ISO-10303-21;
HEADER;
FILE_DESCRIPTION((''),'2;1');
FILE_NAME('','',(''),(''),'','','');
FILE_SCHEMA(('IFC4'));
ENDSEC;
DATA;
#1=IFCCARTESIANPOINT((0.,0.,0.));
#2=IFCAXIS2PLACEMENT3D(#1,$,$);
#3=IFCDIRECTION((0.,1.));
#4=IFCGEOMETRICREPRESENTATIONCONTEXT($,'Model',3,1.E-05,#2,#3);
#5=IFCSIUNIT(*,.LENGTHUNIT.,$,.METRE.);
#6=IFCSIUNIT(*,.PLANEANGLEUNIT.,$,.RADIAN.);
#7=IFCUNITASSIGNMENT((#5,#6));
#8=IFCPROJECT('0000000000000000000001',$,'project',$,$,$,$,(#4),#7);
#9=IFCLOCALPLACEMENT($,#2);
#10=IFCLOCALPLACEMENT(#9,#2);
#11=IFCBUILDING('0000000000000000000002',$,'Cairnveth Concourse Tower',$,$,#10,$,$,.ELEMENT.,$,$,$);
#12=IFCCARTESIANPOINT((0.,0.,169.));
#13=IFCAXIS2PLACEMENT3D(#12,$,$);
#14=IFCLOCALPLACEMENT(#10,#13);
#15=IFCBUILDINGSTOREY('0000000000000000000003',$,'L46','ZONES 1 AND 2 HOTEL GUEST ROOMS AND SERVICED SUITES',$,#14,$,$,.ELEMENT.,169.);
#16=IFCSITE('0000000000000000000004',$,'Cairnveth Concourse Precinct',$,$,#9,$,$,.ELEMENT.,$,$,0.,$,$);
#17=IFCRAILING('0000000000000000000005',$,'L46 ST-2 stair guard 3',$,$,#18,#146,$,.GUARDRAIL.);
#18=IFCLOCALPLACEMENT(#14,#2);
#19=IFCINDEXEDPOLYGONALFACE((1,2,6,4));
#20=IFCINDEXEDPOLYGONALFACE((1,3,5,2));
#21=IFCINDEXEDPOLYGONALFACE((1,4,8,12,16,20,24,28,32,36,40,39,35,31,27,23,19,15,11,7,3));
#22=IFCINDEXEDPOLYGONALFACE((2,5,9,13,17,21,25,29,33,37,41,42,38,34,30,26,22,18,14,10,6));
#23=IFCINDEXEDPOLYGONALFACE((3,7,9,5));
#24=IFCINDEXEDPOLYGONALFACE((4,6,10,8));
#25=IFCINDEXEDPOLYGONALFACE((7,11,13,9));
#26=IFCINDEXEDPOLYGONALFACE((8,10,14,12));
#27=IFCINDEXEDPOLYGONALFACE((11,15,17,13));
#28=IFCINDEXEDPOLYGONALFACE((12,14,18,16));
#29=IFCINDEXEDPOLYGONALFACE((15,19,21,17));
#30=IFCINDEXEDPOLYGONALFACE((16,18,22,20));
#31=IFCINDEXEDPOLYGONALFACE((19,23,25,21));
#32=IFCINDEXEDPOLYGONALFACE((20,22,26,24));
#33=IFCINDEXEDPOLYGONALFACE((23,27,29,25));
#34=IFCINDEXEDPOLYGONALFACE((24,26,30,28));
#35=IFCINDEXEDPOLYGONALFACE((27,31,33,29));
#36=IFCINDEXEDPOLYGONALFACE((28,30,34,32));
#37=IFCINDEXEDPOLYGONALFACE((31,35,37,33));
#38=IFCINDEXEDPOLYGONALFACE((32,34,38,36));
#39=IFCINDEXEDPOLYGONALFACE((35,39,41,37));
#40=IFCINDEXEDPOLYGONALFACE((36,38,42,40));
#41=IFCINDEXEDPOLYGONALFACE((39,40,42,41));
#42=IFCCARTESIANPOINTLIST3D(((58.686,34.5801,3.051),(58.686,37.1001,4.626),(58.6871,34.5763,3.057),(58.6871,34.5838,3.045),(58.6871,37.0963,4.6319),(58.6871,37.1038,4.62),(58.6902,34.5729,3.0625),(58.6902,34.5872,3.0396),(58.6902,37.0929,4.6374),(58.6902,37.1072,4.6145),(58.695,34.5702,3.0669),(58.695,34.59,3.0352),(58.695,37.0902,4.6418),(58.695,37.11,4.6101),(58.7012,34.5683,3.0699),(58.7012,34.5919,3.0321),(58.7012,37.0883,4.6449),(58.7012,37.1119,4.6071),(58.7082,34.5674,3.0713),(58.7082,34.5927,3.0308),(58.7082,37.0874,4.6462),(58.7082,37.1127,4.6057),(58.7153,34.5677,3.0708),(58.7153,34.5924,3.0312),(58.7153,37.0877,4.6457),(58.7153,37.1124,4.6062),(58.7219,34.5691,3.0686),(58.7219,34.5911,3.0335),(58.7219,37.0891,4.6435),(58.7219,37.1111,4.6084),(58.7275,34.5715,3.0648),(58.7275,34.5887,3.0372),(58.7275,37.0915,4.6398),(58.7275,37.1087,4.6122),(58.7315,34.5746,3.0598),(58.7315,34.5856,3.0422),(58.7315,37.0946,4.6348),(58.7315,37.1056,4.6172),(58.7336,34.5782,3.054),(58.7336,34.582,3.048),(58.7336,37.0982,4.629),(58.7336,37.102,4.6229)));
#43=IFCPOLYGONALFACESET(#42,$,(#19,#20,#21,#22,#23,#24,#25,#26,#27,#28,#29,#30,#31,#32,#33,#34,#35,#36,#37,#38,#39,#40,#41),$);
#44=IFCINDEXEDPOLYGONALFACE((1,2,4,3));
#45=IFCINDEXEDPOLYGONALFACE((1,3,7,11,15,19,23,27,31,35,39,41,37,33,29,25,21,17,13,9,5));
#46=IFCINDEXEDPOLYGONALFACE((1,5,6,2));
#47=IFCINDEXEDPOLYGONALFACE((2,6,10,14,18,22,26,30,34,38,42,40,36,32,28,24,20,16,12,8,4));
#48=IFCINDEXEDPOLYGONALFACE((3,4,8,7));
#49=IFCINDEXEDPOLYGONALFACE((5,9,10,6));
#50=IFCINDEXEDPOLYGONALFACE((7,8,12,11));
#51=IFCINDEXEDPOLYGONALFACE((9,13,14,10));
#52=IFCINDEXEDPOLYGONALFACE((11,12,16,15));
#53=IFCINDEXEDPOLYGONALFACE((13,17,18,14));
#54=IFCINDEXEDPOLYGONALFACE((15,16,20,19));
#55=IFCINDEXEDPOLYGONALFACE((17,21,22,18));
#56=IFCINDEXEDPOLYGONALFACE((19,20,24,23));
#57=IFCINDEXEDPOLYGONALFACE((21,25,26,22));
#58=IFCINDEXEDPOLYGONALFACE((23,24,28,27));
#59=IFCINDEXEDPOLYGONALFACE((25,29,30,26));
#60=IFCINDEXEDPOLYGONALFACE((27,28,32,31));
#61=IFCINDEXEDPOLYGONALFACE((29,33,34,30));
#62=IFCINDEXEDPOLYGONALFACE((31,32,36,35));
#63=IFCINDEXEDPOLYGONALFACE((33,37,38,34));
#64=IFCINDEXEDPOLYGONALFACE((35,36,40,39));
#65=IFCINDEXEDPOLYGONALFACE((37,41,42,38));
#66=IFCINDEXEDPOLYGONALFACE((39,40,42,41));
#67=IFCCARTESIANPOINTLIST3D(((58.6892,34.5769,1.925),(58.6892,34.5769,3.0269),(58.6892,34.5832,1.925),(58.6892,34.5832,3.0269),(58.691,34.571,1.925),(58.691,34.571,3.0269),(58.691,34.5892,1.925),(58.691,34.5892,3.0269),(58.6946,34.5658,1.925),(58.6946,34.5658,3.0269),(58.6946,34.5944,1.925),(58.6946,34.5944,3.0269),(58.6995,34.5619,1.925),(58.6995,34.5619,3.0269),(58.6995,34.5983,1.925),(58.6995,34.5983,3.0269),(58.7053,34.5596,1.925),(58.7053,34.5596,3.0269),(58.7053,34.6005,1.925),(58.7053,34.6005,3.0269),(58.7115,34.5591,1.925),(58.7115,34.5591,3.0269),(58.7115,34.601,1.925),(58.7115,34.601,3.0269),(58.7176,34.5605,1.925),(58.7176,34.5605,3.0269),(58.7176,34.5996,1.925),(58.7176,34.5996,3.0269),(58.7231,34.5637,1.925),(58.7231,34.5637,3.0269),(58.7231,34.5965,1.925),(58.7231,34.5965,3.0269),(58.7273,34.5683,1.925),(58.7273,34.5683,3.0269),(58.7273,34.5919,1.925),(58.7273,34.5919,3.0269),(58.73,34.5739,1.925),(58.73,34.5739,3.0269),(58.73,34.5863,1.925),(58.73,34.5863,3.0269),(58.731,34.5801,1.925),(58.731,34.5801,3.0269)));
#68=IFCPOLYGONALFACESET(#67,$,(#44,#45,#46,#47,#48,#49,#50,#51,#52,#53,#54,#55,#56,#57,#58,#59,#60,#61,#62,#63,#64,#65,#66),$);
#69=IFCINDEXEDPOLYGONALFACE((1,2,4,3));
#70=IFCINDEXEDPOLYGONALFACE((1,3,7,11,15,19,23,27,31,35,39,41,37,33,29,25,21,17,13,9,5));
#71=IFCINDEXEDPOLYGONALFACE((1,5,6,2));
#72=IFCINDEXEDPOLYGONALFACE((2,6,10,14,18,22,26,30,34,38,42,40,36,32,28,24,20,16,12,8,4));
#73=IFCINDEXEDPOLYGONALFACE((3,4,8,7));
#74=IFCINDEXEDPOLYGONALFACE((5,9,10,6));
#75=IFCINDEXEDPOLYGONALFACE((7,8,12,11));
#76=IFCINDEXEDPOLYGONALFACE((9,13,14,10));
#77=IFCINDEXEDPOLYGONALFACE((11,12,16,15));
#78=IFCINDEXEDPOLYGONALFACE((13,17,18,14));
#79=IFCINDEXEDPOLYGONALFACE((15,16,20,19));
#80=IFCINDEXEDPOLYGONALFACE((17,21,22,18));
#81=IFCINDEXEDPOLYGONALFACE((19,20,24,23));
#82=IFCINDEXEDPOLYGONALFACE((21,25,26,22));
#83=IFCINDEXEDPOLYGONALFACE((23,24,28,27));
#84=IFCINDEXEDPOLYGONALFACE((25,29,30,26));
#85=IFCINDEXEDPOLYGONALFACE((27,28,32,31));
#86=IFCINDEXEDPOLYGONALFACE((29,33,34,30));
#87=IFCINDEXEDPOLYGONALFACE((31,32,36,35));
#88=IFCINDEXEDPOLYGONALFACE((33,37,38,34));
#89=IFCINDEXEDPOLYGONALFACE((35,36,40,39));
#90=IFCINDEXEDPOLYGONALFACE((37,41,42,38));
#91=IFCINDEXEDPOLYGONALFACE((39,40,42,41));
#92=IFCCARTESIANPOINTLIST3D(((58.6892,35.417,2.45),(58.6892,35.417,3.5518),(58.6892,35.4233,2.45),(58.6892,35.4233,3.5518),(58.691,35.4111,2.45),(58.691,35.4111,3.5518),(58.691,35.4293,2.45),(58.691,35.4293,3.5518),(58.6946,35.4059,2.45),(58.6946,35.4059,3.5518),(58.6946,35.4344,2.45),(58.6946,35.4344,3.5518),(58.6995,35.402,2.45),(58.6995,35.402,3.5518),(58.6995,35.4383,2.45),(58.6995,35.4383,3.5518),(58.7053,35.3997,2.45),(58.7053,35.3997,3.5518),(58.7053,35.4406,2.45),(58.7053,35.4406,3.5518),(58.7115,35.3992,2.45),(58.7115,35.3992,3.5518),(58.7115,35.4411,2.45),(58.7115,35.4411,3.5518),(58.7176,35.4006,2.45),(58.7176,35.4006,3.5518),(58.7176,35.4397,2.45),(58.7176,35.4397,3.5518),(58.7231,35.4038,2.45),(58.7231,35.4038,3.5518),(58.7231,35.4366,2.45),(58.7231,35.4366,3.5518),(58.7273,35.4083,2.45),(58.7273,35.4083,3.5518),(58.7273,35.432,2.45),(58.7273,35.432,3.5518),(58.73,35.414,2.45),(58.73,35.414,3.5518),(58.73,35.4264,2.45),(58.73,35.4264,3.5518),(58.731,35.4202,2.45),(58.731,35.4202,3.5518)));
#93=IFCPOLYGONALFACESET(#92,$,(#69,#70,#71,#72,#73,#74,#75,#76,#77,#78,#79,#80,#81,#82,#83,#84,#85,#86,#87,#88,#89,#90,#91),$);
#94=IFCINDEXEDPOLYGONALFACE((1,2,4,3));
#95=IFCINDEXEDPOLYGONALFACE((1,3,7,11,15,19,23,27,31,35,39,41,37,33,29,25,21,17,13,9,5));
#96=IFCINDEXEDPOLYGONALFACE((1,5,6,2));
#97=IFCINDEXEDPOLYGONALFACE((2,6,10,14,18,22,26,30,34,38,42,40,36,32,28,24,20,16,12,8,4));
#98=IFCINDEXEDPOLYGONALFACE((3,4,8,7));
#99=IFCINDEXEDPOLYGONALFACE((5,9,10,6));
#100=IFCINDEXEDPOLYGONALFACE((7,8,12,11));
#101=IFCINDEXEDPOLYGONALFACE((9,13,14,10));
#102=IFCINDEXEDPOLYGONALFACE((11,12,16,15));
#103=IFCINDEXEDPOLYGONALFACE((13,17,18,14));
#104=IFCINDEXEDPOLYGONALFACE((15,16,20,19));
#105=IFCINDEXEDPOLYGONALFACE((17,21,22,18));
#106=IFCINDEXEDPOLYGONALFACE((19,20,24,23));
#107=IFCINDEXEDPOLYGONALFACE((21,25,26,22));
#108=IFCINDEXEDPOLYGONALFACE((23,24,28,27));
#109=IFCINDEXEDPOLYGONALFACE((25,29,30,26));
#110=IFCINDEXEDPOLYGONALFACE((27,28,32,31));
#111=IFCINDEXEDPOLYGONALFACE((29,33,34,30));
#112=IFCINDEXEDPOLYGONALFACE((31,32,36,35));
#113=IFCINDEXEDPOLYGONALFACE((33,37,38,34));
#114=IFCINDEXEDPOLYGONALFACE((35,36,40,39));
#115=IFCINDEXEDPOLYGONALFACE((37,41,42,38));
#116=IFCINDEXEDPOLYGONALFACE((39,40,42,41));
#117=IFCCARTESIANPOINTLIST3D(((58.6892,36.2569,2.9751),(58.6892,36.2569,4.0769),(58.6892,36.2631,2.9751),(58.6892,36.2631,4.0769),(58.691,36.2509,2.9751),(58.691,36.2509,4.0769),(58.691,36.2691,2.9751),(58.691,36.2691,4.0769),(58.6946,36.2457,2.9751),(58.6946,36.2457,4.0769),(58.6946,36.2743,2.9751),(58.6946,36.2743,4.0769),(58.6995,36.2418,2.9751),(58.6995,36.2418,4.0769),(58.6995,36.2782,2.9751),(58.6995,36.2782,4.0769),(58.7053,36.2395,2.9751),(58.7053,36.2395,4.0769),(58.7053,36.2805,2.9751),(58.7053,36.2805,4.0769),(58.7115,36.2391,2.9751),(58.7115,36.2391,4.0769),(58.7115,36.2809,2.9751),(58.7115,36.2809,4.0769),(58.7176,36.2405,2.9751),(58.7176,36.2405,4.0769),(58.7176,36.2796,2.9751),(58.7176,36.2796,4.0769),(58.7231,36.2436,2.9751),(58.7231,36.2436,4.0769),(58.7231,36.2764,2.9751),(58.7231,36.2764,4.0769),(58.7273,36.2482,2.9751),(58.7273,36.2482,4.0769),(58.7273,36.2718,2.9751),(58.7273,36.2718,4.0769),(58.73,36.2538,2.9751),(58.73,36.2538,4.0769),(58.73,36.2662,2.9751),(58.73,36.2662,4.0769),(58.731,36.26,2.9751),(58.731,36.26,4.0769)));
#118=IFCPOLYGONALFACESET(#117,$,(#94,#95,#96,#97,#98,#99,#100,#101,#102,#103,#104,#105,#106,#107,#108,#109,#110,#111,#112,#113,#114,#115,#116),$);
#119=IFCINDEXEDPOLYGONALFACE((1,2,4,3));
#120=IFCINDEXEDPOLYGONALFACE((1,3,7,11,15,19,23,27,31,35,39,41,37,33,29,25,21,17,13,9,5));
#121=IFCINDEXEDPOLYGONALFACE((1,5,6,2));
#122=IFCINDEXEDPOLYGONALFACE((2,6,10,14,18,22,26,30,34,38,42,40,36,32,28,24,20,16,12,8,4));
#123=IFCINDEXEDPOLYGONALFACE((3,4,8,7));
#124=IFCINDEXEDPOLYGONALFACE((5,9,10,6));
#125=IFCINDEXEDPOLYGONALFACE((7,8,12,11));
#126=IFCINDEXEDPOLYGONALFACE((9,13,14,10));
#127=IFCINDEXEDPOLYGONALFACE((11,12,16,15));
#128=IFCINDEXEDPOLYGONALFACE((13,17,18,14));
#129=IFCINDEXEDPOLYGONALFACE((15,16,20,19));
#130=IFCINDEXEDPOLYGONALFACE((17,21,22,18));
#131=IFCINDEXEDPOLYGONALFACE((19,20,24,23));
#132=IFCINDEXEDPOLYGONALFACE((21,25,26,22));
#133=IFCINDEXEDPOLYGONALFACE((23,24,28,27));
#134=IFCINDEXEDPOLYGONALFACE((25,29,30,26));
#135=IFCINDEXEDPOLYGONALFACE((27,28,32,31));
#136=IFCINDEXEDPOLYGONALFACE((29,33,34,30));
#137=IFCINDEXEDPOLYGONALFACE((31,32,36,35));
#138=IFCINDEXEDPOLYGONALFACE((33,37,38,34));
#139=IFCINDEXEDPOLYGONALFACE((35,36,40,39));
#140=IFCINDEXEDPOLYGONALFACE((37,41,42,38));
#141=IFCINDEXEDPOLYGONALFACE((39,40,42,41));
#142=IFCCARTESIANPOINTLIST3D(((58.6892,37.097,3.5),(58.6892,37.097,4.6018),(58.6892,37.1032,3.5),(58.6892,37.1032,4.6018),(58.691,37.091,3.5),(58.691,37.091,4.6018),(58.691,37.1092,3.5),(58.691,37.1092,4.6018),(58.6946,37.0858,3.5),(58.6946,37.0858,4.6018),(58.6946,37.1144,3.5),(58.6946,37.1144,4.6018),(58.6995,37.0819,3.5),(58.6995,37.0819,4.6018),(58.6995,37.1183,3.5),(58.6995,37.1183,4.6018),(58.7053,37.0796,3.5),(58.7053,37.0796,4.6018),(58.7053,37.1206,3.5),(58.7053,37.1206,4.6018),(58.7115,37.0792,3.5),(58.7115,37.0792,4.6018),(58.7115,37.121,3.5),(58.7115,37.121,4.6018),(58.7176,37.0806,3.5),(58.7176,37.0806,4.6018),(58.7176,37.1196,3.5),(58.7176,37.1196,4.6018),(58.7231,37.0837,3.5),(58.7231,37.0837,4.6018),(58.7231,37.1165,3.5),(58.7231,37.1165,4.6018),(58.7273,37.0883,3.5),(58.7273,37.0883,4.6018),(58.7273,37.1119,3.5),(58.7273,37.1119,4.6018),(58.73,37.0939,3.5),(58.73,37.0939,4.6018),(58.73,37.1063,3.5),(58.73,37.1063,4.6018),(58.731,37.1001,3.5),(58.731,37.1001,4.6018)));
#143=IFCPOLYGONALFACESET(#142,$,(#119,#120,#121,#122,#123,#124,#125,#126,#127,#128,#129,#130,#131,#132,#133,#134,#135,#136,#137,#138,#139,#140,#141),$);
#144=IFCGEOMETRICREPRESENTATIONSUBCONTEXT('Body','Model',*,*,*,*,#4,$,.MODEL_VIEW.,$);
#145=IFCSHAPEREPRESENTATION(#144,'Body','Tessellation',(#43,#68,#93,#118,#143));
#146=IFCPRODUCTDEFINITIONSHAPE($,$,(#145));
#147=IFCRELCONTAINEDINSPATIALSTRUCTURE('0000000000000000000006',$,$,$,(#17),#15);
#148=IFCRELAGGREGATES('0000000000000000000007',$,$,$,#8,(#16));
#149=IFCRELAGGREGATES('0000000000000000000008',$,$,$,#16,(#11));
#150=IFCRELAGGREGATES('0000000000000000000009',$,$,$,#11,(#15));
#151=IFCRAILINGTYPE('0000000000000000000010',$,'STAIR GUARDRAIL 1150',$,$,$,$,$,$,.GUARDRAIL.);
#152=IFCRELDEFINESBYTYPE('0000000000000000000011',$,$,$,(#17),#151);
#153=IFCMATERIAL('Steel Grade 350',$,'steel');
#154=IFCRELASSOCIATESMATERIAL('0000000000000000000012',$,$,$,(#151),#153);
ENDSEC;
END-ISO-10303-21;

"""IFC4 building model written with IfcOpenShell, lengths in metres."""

from ifc_helpers import new_model, si_unit, direction, frame, origin, origin_2d, place, context, subcontext, project, spatial, circle, extrude, material, type_object, element, save


model = new_model("IFC4")

# Units and contexts
model_context = context("Model", 3, precision=1e-05, world=origin(), true_north=direction((0.0, 1.0)))
body_context = subcontext(model_context, "Body", "Model", "MODEL_VIEW")
ifc_project = project(units=[si_unit("LENGTHUNIT", "METRE"), si_unit("PLANEANGLEUNIT", "RADIAN")], contexts=[model_context])

# Site, building, storey
site_placement = place(None, origin())
site = spatial("IfcSite", under=ifc_project, at=site_placement, Name="Cairnveth Concourse Precinct", CompositionType="ELEMENT", RefElevation=0.0)
building_placement = place(site_placement, origin())
building = spatial("IfcBuilding", under=site, at=building_placement, Name="Cairnveth Concourse Tower", CompositionType="ELEMENT")
storey_placement = place(building_placement, frame((0.0, 0.0, 169.0)))
storey = spatial("IfcBuildingStorey", under=building, at=storey_placement, Name="L46", Description="ZONES 1 AND 2 HOTEL GUEST ROOMS AND SERVICED SUITES", CompositionType="ELEMENT", Elevation=169.0)

# Shared definitions
ifc_material_1 = material(Name="Steel Grade 350", Category="steel")

# Railing
railing_type = type_object("IfcRailingType", Name="STAIR GUARDRAIL 1150", PredefinedType="GUARDRAIL", material=ifc_material_1)
railing_1_placement = place(storey_placement, frame((58.71, 34.5801, 1.925)))
element("IfcRailing", 1, at=railing_1_placement, inside=storey, type_object=railing_type, Name="L46 ST-2 stair guard 3", PredefinedType="GUARDRAIL", context=body_context, shape_type="SweptSolid", body=[
    extrude(circle(Radius=0.0239, at=origin_2d()), frame((0.0, 0.0, 1.126), z_axis=(0.0, 0.848008, 0.529984), x_axis=(-1.0, 0.0, 0.0)), (0.0, 0.0, 1.0), 2.9717),
    extrude(circle(Radius=0.021, at=origin_2d()), origin(), (0.0, 0.0, 1.0), 1.1018),
    extrude(circle(Radius=0.021, at=origin_2d()), frame((0.0, 0.8401, 0.5249)), (0.0, 0.0, 1.0), 1.1018),
    extrude(circle(Radius=0.021, at=origin_2d()), frame((0.0, 1.6799, 1.05)), (0.0, 0.0, 1.0), 1.1018),
    extrude(circle(Radius=0.021, at=origin_2d()), frame((0.0, 2.52, 1.575)), (0.0, 0.0, 1.0), 1.1018),
])

save(model, "model.ifc")
